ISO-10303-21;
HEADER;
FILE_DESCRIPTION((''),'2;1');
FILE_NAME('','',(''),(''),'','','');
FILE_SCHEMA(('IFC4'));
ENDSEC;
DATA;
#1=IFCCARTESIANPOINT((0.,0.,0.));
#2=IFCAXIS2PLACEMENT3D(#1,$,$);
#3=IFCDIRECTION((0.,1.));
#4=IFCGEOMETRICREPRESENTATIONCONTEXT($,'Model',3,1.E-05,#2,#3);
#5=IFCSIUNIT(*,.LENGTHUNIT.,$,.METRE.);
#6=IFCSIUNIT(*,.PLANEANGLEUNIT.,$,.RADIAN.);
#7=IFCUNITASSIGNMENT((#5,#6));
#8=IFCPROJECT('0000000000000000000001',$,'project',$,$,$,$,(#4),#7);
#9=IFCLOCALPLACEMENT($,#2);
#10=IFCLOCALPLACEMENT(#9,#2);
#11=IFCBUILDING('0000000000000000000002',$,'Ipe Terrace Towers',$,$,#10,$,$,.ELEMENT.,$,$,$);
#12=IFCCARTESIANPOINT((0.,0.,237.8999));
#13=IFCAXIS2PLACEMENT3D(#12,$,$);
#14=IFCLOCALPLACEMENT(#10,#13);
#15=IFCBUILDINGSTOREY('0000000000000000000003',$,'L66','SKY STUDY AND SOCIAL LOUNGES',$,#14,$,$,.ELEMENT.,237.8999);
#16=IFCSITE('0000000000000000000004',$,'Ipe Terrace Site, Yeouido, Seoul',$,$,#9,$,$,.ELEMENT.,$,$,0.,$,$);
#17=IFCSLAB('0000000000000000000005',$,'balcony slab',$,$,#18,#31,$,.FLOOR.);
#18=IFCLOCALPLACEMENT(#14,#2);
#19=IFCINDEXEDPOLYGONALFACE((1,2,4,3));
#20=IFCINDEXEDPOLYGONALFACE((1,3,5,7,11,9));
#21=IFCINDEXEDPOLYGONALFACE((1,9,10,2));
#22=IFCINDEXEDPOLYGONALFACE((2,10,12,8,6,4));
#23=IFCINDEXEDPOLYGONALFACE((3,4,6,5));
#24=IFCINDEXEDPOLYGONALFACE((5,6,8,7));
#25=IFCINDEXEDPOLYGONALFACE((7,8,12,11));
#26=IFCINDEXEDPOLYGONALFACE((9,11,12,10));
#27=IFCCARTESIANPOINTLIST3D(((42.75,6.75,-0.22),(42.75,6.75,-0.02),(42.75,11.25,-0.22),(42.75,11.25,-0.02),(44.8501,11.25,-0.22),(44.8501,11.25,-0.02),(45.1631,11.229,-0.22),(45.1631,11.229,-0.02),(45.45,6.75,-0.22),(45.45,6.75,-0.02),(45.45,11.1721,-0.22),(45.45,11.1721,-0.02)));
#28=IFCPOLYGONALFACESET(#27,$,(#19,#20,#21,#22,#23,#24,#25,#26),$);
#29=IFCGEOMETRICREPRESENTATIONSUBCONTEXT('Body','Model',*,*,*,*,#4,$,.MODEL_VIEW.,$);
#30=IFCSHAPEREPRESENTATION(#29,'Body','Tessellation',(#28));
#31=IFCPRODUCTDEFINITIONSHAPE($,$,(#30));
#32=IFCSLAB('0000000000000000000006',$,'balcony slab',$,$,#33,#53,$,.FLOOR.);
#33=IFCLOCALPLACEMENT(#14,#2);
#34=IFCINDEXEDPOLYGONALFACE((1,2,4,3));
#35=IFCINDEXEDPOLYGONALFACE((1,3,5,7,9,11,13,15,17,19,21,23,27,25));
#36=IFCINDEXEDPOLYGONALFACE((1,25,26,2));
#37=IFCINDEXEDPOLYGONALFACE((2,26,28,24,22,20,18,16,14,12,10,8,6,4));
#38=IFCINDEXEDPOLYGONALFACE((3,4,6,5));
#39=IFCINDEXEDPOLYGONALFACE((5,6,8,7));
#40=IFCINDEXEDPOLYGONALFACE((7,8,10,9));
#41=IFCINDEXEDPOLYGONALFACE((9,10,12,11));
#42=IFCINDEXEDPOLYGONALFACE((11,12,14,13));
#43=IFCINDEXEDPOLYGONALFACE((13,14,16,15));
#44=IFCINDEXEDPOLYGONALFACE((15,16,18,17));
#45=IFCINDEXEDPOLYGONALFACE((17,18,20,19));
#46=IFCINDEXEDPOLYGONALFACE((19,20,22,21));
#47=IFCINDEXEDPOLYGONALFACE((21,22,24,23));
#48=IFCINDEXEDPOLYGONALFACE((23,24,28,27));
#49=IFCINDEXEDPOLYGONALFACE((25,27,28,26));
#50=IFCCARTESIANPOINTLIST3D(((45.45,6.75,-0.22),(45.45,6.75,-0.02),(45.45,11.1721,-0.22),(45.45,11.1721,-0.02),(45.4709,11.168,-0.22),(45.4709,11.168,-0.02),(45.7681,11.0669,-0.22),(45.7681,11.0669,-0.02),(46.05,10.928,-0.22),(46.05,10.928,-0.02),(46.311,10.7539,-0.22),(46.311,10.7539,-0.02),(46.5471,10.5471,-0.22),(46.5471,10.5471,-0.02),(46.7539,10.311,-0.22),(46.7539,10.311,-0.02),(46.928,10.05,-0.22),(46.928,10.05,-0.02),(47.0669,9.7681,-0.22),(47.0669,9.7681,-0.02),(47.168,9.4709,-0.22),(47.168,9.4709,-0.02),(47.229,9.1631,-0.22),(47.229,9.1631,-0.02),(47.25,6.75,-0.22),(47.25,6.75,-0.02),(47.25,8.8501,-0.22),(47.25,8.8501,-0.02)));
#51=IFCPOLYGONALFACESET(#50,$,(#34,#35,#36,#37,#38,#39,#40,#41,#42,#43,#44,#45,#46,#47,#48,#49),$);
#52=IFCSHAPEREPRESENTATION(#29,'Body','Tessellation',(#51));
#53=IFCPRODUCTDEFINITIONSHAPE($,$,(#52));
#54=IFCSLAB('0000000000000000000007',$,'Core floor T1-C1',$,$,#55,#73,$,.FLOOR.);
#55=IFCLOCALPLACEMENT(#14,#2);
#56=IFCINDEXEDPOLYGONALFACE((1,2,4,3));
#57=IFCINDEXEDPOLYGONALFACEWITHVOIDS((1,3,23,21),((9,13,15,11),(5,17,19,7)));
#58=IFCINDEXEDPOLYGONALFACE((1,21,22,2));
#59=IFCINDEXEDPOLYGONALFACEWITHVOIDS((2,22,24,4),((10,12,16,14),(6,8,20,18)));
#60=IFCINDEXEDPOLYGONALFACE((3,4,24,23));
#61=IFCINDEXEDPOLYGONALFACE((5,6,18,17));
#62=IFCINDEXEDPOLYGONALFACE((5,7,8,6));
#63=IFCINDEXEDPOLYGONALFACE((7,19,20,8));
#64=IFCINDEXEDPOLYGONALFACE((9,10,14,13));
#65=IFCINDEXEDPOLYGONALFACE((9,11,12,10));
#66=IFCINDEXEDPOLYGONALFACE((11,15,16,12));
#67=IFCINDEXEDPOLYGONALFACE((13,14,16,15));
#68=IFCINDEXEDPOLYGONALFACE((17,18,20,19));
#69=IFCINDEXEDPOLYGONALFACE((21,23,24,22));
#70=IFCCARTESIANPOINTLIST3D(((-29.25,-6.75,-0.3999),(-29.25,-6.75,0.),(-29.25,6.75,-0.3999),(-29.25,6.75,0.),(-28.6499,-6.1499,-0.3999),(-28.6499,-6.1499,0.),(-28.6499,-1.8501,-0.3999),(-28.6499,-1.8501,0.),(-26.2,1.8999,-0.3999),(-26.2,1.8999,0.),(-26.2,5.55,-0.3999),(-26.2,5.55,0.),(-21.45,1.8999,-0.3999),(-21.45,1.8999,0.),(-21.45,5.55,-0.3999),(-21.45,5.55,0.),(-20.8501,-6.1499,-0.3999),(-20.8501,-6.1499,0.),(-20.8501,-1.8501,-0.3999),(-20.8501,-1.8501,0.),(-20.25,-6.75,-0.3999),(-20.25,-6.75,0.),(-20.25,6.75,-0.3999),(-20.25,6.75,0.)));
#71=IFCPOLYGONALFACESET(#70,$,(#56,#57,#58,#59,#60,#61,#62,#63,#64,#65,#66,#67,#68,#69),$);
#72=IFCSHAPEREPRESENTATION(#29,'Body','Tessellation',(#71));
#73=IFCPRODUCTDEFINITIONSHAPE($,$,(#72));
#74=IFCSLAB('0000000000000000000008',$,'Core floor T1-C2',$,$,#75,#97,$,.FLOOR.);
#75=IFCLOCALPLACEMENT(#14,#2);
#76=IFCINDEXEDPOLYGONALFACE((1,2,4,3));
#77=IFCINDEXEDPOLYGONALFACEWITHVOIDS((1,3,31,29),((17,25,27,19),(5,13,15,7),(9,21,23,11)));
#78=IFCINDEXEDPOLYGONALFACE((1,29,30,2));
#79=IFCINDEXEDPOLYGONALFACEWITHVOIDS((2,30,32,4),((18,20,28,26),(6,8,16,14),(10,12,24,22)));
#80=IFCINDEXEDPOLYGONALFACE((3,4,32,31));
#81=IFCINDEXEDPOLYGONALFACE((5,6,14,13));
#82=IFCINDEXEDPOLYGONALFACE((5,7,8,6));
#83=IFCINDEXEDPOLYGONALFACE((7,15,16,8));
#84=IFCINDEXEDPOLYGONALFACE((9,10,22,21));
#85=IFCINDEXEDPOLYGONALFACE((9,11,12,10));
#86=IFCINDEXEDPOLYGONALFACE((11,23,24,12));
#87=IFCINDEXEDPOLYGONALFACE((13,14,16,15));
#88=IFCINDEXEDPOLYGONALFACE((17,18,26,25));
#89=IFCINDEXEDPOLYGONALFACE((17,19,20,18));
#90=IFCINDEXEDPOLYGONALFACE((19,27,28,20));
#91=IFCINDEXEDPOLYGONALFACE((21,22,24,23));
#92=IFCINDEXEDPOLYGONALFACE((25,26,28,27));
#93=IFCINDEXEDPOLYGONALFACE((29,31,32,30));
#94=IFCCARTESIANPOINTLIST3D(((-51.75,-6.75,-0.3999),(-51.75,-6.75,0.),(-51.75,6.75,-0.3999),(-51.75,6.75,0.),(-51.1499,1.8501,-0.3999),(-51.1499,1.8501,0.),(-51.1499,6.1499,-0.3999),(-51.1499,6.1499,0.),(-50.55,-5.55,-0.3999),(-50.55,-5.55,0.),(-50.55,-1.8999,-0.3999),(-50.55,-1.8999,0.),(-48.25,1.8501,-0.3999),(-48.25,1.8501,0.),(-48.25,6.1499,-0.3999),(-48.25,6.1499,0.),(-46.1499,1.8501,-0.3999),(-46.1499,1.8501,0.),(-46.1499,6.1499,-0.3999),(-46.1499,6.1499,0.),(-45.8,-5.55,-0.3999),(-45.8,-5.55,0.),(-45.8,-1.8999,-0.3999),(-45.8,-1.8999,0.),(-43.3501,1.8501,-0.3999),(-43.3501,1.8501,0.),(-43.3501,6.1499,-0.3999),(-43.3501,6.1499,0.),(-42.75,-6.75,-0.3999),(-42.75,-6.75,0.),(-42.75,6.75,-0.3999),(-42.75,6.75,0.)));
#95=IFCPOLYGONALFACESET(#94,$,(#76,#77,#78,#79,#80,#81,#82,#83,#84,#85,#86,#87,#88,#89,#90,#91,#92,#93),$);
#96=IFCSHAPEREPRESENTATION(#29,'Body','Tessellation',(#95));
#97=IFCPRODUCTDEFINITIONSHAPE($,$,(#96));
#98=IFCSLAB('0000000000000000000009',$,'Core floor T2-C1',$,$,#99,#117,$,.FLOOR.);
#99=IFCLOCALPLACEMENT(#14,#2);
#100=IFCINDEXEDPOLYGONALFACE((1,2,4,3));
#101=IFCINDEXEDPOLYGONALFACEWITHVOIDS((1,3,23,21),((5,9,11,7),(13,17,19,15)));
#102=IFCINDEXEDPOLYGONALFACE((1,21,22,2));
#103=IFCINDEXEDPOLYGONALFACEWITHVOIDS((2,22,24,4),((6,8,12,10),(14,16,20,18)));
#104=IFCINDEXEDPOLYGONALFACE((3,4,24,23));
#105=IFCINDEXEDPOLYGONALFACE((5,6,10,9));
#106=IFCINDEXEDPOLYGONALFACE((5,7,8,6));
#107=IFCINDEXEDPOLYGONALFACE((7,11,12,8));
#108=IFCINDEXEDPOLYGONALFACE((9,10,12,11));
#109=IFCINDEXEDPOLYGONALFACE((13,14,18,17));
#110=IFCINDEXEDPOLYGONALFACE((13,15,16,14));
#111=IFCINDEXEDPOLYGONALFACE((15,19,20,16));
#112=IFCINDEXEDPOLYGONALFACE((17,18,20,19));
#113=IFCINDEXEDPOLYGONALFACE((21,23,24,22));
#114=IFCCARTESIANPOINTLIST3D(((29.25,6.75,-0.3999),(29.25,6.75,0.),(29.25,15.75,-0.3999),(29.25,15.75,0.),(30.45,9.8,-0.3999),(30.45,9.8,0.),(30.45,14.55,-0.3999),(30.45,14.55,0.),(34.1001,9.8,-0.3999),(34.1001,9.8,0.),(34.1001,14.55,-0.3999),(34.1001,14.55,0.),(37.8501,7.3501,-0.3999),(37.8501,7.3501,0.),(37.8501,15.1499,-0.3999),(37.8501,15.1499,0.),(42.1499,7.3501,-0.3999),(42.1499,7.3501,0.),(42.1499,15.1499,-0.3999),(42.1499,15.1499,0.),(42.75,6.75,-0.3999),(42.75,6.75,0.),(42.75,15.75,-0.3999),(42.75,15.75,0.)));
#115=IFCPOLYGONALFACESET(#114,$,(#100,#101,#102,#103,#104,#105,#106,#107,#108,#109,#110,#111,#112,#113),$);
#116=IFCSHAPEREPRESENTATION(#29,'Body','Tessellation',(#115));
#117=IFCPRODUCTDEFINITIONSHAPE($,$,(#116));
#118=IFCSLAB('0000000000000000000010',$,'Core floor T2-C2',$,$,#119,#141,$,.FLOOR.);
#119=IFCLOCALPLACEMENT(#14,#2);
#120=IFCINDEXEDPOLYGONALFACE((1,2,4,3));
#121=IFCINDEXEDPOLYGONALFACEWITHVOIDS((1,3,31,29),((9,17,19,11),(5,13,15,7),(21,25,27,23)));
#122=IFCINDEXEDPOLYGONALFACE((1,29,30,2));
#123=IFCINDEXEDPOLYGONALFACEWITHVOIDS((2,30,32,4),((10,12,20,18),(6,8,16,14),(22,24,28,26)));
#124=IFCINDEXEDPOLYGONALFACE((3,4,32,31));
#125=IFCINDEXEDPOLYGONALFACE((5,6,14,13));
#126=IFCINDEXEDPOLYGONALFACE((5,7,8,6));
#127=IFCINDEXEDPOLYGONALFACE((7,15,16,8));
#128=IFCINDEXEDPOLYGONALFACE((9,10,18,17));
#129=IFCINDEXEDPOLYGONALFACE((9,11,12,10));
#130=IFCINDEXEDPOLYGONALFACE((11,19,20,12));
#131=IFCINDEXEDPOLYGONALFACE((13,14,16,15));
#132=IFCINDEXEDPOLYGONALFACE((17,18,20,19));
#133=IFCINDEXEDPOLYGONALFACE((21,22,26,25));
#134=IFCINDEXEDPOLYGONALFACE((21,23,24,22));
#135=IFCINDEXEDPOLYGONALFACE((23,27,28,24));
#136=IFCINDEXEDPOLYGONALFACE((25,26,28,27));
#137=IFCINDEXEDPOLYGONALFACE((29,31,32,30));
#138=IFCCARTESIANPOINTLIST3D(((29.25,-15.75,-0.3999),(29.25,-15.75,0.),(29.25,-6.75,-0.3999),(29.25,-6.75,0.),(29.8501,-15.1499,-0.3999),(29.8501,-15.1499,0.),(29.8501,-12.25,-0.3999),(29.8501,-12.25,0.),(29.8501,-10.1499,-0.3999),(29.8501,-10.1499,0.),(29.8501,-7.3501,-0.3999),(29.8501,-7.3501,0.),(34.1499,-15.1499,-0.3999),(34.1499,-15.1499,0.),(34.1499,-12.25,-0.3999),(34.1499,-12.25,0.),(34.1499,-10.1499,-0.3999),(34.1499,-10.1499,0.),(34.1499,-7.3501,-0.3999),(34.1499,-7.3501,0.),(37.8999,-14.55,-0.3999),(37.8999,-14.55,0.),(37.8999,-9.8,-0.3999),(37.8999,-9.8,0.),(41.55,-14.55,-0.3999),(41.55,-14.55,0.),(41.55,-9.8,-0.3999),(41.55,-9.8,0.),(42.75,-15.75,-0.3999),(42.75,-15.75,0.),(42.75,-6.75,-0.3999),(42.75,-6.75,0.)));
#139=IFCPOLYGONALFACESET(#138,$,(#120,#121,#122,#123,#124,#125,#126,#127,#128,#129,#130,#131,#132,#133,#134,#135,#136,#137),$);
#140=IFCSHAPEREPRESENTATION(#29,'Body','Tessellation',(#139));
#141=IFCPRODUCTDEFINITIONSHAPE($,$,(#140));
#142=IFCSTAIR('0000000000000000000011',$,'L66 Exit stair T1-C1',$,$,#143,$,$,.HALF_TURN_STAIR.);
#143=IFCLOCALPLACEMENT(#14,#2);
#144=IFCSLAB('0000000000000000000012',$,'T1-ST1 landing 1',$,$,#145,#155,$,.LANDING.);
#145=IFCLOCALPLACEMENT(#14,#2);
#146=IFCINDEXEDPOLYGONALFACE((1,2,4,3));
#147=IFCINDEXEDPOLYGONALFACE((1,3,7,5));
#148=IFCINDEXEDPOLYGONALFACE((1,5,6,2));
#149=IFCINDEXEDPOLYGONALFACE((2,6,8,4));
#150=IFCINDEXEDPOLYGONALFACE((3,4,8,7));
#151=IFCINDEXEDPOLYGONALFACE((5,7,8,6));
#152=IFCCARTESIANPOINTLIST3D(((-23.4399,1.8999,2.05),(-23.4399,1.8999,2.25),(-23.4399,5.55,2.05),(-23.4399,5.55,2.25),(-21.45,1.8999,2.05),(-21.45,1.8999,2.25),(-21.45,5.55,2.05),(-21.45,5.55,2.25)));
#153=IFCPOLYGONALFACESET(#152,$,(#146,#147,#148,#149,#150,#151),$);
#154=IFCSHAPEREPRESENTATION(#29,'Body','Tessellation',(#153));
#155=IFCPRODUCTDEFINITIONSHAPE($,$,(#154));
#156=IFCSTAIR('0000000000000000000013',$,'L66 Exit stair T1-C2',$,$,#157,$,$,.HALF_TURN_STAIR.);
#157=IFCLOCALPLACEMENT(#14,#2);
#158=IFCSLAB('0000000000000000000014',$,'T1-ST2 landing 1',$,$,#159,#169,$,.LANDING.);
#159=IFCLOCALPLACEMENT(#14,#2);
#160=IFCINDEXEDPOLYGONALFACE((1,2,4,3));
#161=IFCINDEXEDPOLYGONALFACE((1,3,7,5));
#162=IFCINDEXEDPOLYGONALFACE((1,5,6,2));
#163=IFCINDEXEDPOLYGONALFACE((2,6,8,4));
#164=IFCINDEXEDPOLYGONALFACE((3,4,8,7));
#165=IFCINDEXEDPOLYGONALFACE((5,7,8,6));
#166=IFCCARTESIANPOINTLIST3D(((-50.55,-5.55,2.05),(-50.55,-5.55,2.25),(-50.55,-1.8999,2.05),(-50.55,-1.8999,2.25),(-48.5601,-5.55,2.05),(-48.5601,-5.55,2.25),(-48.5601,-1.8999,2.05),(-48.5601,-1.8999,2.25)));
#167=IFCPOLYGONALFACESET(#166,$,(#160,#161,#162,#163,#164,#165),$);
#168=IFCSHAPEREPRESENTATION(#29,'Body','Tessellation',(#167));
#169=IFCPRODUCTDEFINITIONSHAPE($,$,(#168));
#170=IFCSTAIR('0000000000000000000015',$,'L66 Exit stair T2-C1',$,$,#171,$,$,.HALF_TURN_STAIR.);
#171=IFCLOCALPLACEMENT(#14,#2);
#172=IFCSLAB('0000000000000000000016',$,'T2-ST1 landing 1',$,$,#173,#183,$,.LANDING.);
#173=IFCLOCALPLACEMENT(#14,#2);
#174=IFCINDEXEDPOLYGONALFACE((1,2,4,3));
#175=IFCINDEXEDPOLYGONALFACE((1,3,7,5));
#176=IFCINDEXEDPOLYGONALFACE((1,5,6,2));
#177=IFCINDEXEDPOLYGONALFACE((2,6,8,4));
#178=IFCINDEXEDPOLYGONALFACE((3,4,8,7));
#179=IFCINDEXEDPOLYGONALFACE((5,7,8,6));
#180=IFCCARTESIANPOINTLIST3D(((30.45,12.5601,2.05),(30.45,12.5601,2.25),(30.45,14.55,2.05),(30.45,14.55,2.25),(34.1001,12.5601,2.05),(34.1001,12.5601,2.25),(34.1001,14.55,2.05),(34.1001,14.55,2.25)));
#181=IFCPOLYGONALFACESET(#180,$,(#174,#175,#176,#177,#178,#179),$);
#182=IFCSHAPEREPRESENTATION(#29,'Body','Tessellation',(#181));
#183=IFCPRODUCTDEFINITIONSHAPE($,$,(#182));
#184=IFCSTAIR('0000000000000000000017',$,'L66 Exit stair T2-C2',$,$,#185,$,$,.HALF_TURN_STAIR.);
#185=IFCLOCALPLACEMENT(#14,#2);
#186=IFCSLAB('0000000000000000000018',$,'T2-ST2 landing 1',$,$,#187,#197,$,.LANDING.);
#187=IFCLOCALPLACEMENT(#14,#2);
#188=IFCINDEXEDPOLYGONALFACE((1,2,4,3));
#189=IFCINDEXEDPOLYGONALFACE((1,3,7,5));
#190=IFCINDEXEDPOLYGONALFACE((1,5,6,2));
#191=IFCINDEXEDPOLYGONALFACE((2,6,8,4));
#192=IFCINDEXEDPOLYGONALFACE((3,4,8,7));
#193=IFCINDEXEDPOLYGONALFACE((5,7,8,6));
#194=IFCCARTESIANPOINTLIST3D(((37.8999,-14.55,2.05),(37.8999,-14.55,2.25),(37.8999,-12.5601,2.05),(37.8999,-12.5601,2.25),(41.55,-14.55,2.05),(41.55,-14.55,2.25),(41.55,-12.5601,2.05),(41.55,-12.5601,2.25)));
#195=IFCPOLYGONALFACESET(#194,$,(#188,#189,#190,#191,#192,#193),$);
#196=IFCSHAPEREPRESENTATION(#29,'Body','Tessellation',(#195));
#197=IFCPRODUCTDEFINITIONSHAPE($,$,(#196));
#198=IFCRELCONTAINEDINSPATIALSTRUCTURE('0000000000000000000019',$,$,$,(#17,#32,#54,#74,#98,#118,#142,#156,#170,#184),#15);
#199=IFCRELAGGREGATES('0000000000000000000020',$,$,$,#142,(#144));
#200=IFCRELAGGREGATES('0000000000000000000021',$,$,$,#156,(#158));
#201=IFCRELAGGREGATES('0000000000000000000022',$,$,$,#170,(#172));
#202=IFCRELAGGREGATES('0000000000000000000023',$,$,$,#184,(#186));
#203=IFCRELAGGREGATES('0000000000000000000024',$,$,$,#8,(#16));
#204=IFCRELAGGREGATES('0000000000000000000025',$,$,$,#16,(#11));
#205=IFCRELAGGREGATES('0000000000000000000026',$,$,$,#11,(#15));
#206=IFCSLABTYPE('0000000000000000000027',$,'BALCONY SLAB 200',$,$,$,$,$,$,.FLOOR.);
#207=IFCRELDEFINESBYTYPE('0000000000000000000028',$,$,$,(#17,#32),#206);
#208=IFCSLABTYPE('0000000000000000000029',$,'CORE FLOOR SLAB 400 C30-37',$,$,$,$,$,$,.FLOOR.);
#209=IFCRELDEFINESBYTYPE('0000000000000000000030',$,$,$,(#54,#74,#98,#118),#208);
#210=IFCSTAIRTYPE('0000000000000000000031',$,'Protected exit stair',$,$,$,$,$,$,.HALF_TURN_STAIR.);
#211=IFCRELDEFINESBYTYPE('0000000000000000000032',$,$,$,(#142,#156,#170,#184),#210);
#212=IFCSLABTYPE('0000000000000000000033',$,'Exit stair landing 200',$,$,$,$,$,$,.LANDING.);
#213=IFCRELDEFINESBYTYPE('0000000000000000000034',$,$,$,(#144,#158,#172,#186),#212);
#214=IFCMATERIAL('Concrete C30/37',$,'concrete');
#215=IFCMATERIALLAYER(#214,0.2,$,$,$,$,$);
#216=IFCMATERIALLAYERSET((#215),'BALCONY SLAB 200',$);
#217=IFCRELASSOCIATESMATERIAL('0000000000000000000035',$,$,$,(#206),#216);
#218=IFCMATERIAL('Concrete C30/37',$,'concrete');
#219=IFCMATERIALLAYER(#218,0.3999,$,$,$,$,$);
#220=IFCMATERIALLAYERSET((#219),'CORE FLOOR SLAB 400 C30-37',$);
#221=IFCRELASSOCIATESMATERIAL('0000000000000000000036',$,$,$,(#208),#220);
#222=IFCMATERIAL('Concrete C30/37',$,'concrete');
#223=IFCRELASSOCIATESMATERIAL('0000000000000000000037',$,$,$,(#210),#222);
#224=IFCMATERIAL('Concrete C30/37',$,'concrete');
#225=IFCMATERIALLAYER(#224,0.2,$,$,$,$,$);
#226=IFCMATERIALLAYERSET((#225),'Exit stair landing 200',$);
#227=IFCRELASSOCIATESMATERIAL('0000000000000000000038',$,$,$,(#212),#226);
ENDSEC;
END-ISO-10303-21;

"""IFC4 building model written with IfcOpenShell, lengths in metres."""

from ifc_helpers import new_model, si_unit, direction, frame, origin, place, context, subcontext, project, spatial, polyline, outline, extrude, material, layer, layer_set, type_object, element, aggregate, save


model = new_model("IFC4")

# Units and contexts
model_context = context("Model", 3, precision=1e-05, world=origin(), true_north=direction((0.0, 1.0)))
body_context = subcontext(model_context, "Body", "Model", "MODEL_VIEW")
ifc_project = project(units=[si_unit("LENGTHUNIT", "METRE"), si_unit("PLANEANGLEUNIT", "RADIAN")], contexts=[model_context])

# Site, building, storey
site_placement = place(None, origin())
site = spatial("IfcSite", under=ifc_project, at=site_placement, Name="Ipe Terrace Site, Yeouido, Seoul", CompositionType="ELEMENT", RefElevation=0.0)
building_placement = place(site_placement, origin())
building = spatial("IfcBuilding", under=site, at=building_placement, Name="Ipe Terrace Towers", CompositionType="ELEMENT")
storey_placement = place(building_placement, frame((0.0, 0.0, 237.8999)))
storey = spatial("IfcBuildingStorey", under=building, at=storey_placement, Name="L66", Description="SKY STUDY AND SOCIAL LOUNGES", CompositionType="ELEMENT", Elevation=237.8999)

# Slabs
ifc_material_1 = material(Name="Concrete C30/37", Category="concrete")
ifc_layer_1 = layer(ifc_material_1, 0.2)
ifc_layer_set_1 = layer_set([ifc_layer_1], Name="BALCONY SLAB 200")
slab_type_1 = type_object("IfcSlabType", Name="BALCONY SLAB 200", PredefinedType="FLOOR", material=ifc_layer_set_1)
slab_1_placement = place(storey_placement, frame((0.0, 0.0, -0.22)))
element("IfcSlab", 1, at=slab_1_placement, inside=storey, type_object=slab_type_1, Name="balcony slab", PredefinedType="FLOOR", context=body_context, shape_type="SweptSolid", body=[
    extrude(outline(polyline([(45.1631, 11.229), (44.8501, 11.25), (42.75, 11.25), (42.75, 6.75), (45.45, 6.75), (45.45, 11.1721), (45.1631, 11.229)])), origin(), (0.0, 0.0, 1.0), 0.2),
])
slab_2_placement = place(storey_placement, frame((0.0, 0.0, -0.22)))
element("IfcSlab", 2, at=slab_2_placement, inside=storey, type_object=slab_type_1, Name="balcony slab", PredefinedType="FLOOR", context=body_context, shape_type="SweptSolid", body=[
    extrude(outline(polyline([(47.25, 6.75), (47.25, 8.8501), (47.229, 9.1631), (47.168, 9.4709), (47.0669, 9.7681), (46.928, 10.05), (46.7539, 10.311), (46.5471, 10.5471), (46.311, 10.7539), (46.05, 10.928), (45.7681, 11.0669), (45.4709, 11.168), (45.45, 11.1721), (45.45, 6.75), (47.25, 6.75)])), origin(), (0.0, 0.0, 1.0), 0.2),
])
ifc_material_2 = material(Name="Concrete C30/37", Category="concrete")
ifc_layer_2 = layer(ifc_material_2, 0.3999)
ifc_layer_set_2 = layer_set([ifc_layer_2], Name="CORE FLOOR SLAB 400 C30-37")
slab_type_2 = type_object("IfcSlabType", Name="CORE FLOOR SLAB 400 C30-37", PredefinedType="FLOOR", material=ifc_layer_set_2)
slab_3_placement = place(storey_placement, frame((0.0, 0.0, -0.3999)))
element("IfcSlab", 3, at=slab_3_placement, inside=storey, type_object=slab_type_2, Name="Core floor T1-C1", PredefinedType="FLOOR", context=body_context, shape_type="SweptSolid", body=[
    extrude(outline(polyline([(-29.25, -6.75), (-29.25, 6.75), (-20.25, 6.75), (-20.25, -6.75), (-29.25, -6.75)]), holes=[polyline([(-28.6499, -6.1499), (-20.8501, -6.1499), (-20.8501, -1.8501), (-28.6499, -1.8501), (-28.6499, -6.1499)]), polyline([(-26.2, 5.55), (-26.2, 1.8999), (-21.45, 1.8999), (-21.45, 5.55), (-26.2, 5.55)])]), origin(), (0.0, 0.0, 1.0), 0.3999),
])
slab_4_placement = place(storey_placement, frame((0.0, 0.0, -0.3999)))
element("IfcSlab", 4, at=slab_4_placement, inside=storey, type_object=slab_type_2, Name="Core floor T1-C2", PredefinedType="FLOOR", context=body_context, shape_type="SweptSolid", body=[
    extrude(outline(polyline([(-51.75, -6.75), (-51.75, 6.75), (-42.75, 6.75), (-42.75, -6.75), (-51.75, -6.75)]), holes=[polyline([(-45.8, -1.8999), (-50.55, -1.8999), (-50.55, -5.55), (-45.8, -5.55), (-45.8, -1.8999)]), polyline([(-48.25, 1.8501), (-48.25, 6.1499), (-51.1499, 6.1499), (-51.1499, 1.8501), (-48.25, 1.8501)]), polyline([(-43.3501, 1.8501), (-43.3501, 6.1499), (-46.1499, 6.1499), (-46.1499, 1.8501), (-43.3501, 1.8501)])]), origin(), (0.0, 0.0, 1.0), 0.3999),
])
slab_5_placement = place(storey_placement, frame((0.0, 0.0, -0.3999)))
element("IfcSlab", 5, at=slab_5_placement, inside=storey, type_object=slab_type_2, Name="Core floor T2-C1", PredefinedType="FLOOR", context=body_context, shape_type="SweptSolid", body=[
    extrude(outline(polyline([(29.25, 6.75), (29.25, 15.75), (42.75, 15.75), (42.75, 6.75), (29.25, 6.75)]), holes=[polyline([(42.1499, 7.3501), (42.1499, 15.1499), (37.8501, 15.1499), (37.8501, 7.3501), (42.1499, 7.3501)]), polyline([(30.45, 9.8), (34.1001, 9.8), (34.1001, 14.55), (30.45, 14.55), (30.45, 9.8)])]), origin(), (0.0, 0.0, 1.0), 0.3999),
])
slab_6_placement = place(storey_placement, frame((0.0, 0.0, -0.3999)))
element("IfcSlab", 6, at=slab_6_placement, inside=storey, type_object=slab_type_2, Name="Core floor T2-C2", PredefinedType="FLOOR", context=body_context, shape_type="SweptSolid", body=[
    extrude(outline(polyline([(29.25, -15.75), (29.25, -6.75), (42.75, -6.75), (42.75, -15.75), (29.25, -15.75)]), holes=[polyline([(29.8501, -12.25), (29.8501, -15.1499), (34.1499, -15.1499), (34.1499, -12.25), (29.8501, -12.25)]), polyline([(41.55, -9.8), (37.8999, -9.8), (37.8999, -14.55), (41.55, -14.55), (41.55, -9.8)]), polyline([(34.1499, -7.3501), (29.8501, -7.3501), (29.8501, -10.1499), (34.1499, -10.1499), (34.1499, -7.3501)])]), origin(), (0.0, 0.0, 1.0), 0.3999),
])

# Stairs, slabs
ifc_material_3 = material(Name="Concrete C30/37", Category="concrete")
stair_type = type_object("IfcStairType", Name="Protected exit stair", PredefinedType="HALF_TURN_STAIR", material=ifc_material_3)
stair_1_placement = place(storey_placement, origin())
stair_1 = element("IfcStair", 7, at=stair_1_placement, inside=storey, type_object=stair_type, Name="L66 Exit stair T1-C1", PredefinedType="HALF_TURN_STAIR")
ifc_material_4 = material(Name="Concrete C30/37", Category="concrete")
ifc_layer_3 = layer(ifc_material_4, 0.2)
ifc_layer_set_3 = layer_set([ifc_layer_3], Name="Exit stair landing 200")
slab_type_3 = type_object("IfcSlabType", Name="Exit stair landing 200", PredefinedType="LANDING", material=ifc_layer_set_3)
slab_7_placement = place(storey_placement, frame((0.0, 0.0, 2.05)))
slab_7 = element("IfcSlab", 8, at=slab_7_placement, type_object=slab_type_3, Name="T1-ST1 landing 1", PredefinedType="LANDING", context=body_context, shape_type="SweptSolid", body=[
    extrude(outline(polyline([(-23.4399, 1.8999), (-21.45, 1.8999), (-21.45, 5.55), (-23.4399, 5.55), (-23.4399, 1.8999)])), origin(), (0.0, 0.0, 1.0), 0.2),
])
aggregate(stair_1, [slab_7])
stair_2_placement = place(storey_placement, origin())
stair_2 = element("IfcStair", 9, at=stair_2_placement, inside=storey, type_object=stair_type, Name="L66 Exit stair T1-C2", PredefinedType="HALF_TURN_STAIR")
slab_8_placement = place(storey_placement, frame((0.0, 0.0, 2.05)))
slab_8 = element("IfcSlab", 10, at=slab_8_placement, type_object=slab_type_3, Name="T1-ST2 landing 1", PredefinedType="LANDING", context=body_context, shape_type="SweptSolid", body=[
    extrude(outline(polyline([(-48.5601, -1.8999), (-50.55, -1.8999), (-50.55, -5.55), (-48.5601, -5.55), (-48.5601, -1.8999)])), origin(), (0.0, 0.0, 1.0), 0.2),
])
aggregate(stair_2, [slab_8])
stair_3_placement = place(storey_placement, origin())
stair_3 = element("IfcStair", 11, at=stair_3_placement, inside=storey, type_object=stair_type, Name="L66 Exit stair T2-C1", PredefinedType="HALF_TURN_STAIR")
slab_9_placement = place(storey_placement, frame((0.0, 0.0, 2.05)))
slab_9 = element("IfcSlab", 12, at=slab_9_placement, type_object=slab_type_3, Name="T2-ST1 landing 1", PredefinedType="LANDING", context=body_context, shape_type="SweptSolid", body=[
    extrude(outline(polyline([(34.1001, 12.5601), (34.1001, 14.55), (30.45, 14.55), (30.45, 12.5601), (34.1001, 12.5601)])), origin(), (0.0, 0.0, 1.0), 0.2),
])
aggregate(stair_3, [slab_9])
stair_4_placement = place(storey_placement, origin())
stair_4 = element("IfcStair", 13, at=stair_4_placement, inside=storey, type_object=stair_type, Name="L66 Exit stair T2-C2", PredefinedType="HALF_TURN_STAIR")
slab_10_placement = place(storey_placement, frame((0.0, 0.0, 2.05)))
slab_10 = element("IfcSlab", 14, at=slab_10_placement, type_object=slab_type_3, Name="T2-ST2 landing 1", PredefinedType="LANDING", context=body_context, shape_type="SweptSolid", body=[
    extrude(outline(polyline([(37.8999, -12.5601), (37.8999, -14.55), (41.55, -14.55), (41.55, -12.5601), (37.8999, -12.5601)])), origin(), (0.0, 0.0, 1.0), 0.2),
])
aggregate(stair_4, [slab_10])

save(model, "model.ifc")
